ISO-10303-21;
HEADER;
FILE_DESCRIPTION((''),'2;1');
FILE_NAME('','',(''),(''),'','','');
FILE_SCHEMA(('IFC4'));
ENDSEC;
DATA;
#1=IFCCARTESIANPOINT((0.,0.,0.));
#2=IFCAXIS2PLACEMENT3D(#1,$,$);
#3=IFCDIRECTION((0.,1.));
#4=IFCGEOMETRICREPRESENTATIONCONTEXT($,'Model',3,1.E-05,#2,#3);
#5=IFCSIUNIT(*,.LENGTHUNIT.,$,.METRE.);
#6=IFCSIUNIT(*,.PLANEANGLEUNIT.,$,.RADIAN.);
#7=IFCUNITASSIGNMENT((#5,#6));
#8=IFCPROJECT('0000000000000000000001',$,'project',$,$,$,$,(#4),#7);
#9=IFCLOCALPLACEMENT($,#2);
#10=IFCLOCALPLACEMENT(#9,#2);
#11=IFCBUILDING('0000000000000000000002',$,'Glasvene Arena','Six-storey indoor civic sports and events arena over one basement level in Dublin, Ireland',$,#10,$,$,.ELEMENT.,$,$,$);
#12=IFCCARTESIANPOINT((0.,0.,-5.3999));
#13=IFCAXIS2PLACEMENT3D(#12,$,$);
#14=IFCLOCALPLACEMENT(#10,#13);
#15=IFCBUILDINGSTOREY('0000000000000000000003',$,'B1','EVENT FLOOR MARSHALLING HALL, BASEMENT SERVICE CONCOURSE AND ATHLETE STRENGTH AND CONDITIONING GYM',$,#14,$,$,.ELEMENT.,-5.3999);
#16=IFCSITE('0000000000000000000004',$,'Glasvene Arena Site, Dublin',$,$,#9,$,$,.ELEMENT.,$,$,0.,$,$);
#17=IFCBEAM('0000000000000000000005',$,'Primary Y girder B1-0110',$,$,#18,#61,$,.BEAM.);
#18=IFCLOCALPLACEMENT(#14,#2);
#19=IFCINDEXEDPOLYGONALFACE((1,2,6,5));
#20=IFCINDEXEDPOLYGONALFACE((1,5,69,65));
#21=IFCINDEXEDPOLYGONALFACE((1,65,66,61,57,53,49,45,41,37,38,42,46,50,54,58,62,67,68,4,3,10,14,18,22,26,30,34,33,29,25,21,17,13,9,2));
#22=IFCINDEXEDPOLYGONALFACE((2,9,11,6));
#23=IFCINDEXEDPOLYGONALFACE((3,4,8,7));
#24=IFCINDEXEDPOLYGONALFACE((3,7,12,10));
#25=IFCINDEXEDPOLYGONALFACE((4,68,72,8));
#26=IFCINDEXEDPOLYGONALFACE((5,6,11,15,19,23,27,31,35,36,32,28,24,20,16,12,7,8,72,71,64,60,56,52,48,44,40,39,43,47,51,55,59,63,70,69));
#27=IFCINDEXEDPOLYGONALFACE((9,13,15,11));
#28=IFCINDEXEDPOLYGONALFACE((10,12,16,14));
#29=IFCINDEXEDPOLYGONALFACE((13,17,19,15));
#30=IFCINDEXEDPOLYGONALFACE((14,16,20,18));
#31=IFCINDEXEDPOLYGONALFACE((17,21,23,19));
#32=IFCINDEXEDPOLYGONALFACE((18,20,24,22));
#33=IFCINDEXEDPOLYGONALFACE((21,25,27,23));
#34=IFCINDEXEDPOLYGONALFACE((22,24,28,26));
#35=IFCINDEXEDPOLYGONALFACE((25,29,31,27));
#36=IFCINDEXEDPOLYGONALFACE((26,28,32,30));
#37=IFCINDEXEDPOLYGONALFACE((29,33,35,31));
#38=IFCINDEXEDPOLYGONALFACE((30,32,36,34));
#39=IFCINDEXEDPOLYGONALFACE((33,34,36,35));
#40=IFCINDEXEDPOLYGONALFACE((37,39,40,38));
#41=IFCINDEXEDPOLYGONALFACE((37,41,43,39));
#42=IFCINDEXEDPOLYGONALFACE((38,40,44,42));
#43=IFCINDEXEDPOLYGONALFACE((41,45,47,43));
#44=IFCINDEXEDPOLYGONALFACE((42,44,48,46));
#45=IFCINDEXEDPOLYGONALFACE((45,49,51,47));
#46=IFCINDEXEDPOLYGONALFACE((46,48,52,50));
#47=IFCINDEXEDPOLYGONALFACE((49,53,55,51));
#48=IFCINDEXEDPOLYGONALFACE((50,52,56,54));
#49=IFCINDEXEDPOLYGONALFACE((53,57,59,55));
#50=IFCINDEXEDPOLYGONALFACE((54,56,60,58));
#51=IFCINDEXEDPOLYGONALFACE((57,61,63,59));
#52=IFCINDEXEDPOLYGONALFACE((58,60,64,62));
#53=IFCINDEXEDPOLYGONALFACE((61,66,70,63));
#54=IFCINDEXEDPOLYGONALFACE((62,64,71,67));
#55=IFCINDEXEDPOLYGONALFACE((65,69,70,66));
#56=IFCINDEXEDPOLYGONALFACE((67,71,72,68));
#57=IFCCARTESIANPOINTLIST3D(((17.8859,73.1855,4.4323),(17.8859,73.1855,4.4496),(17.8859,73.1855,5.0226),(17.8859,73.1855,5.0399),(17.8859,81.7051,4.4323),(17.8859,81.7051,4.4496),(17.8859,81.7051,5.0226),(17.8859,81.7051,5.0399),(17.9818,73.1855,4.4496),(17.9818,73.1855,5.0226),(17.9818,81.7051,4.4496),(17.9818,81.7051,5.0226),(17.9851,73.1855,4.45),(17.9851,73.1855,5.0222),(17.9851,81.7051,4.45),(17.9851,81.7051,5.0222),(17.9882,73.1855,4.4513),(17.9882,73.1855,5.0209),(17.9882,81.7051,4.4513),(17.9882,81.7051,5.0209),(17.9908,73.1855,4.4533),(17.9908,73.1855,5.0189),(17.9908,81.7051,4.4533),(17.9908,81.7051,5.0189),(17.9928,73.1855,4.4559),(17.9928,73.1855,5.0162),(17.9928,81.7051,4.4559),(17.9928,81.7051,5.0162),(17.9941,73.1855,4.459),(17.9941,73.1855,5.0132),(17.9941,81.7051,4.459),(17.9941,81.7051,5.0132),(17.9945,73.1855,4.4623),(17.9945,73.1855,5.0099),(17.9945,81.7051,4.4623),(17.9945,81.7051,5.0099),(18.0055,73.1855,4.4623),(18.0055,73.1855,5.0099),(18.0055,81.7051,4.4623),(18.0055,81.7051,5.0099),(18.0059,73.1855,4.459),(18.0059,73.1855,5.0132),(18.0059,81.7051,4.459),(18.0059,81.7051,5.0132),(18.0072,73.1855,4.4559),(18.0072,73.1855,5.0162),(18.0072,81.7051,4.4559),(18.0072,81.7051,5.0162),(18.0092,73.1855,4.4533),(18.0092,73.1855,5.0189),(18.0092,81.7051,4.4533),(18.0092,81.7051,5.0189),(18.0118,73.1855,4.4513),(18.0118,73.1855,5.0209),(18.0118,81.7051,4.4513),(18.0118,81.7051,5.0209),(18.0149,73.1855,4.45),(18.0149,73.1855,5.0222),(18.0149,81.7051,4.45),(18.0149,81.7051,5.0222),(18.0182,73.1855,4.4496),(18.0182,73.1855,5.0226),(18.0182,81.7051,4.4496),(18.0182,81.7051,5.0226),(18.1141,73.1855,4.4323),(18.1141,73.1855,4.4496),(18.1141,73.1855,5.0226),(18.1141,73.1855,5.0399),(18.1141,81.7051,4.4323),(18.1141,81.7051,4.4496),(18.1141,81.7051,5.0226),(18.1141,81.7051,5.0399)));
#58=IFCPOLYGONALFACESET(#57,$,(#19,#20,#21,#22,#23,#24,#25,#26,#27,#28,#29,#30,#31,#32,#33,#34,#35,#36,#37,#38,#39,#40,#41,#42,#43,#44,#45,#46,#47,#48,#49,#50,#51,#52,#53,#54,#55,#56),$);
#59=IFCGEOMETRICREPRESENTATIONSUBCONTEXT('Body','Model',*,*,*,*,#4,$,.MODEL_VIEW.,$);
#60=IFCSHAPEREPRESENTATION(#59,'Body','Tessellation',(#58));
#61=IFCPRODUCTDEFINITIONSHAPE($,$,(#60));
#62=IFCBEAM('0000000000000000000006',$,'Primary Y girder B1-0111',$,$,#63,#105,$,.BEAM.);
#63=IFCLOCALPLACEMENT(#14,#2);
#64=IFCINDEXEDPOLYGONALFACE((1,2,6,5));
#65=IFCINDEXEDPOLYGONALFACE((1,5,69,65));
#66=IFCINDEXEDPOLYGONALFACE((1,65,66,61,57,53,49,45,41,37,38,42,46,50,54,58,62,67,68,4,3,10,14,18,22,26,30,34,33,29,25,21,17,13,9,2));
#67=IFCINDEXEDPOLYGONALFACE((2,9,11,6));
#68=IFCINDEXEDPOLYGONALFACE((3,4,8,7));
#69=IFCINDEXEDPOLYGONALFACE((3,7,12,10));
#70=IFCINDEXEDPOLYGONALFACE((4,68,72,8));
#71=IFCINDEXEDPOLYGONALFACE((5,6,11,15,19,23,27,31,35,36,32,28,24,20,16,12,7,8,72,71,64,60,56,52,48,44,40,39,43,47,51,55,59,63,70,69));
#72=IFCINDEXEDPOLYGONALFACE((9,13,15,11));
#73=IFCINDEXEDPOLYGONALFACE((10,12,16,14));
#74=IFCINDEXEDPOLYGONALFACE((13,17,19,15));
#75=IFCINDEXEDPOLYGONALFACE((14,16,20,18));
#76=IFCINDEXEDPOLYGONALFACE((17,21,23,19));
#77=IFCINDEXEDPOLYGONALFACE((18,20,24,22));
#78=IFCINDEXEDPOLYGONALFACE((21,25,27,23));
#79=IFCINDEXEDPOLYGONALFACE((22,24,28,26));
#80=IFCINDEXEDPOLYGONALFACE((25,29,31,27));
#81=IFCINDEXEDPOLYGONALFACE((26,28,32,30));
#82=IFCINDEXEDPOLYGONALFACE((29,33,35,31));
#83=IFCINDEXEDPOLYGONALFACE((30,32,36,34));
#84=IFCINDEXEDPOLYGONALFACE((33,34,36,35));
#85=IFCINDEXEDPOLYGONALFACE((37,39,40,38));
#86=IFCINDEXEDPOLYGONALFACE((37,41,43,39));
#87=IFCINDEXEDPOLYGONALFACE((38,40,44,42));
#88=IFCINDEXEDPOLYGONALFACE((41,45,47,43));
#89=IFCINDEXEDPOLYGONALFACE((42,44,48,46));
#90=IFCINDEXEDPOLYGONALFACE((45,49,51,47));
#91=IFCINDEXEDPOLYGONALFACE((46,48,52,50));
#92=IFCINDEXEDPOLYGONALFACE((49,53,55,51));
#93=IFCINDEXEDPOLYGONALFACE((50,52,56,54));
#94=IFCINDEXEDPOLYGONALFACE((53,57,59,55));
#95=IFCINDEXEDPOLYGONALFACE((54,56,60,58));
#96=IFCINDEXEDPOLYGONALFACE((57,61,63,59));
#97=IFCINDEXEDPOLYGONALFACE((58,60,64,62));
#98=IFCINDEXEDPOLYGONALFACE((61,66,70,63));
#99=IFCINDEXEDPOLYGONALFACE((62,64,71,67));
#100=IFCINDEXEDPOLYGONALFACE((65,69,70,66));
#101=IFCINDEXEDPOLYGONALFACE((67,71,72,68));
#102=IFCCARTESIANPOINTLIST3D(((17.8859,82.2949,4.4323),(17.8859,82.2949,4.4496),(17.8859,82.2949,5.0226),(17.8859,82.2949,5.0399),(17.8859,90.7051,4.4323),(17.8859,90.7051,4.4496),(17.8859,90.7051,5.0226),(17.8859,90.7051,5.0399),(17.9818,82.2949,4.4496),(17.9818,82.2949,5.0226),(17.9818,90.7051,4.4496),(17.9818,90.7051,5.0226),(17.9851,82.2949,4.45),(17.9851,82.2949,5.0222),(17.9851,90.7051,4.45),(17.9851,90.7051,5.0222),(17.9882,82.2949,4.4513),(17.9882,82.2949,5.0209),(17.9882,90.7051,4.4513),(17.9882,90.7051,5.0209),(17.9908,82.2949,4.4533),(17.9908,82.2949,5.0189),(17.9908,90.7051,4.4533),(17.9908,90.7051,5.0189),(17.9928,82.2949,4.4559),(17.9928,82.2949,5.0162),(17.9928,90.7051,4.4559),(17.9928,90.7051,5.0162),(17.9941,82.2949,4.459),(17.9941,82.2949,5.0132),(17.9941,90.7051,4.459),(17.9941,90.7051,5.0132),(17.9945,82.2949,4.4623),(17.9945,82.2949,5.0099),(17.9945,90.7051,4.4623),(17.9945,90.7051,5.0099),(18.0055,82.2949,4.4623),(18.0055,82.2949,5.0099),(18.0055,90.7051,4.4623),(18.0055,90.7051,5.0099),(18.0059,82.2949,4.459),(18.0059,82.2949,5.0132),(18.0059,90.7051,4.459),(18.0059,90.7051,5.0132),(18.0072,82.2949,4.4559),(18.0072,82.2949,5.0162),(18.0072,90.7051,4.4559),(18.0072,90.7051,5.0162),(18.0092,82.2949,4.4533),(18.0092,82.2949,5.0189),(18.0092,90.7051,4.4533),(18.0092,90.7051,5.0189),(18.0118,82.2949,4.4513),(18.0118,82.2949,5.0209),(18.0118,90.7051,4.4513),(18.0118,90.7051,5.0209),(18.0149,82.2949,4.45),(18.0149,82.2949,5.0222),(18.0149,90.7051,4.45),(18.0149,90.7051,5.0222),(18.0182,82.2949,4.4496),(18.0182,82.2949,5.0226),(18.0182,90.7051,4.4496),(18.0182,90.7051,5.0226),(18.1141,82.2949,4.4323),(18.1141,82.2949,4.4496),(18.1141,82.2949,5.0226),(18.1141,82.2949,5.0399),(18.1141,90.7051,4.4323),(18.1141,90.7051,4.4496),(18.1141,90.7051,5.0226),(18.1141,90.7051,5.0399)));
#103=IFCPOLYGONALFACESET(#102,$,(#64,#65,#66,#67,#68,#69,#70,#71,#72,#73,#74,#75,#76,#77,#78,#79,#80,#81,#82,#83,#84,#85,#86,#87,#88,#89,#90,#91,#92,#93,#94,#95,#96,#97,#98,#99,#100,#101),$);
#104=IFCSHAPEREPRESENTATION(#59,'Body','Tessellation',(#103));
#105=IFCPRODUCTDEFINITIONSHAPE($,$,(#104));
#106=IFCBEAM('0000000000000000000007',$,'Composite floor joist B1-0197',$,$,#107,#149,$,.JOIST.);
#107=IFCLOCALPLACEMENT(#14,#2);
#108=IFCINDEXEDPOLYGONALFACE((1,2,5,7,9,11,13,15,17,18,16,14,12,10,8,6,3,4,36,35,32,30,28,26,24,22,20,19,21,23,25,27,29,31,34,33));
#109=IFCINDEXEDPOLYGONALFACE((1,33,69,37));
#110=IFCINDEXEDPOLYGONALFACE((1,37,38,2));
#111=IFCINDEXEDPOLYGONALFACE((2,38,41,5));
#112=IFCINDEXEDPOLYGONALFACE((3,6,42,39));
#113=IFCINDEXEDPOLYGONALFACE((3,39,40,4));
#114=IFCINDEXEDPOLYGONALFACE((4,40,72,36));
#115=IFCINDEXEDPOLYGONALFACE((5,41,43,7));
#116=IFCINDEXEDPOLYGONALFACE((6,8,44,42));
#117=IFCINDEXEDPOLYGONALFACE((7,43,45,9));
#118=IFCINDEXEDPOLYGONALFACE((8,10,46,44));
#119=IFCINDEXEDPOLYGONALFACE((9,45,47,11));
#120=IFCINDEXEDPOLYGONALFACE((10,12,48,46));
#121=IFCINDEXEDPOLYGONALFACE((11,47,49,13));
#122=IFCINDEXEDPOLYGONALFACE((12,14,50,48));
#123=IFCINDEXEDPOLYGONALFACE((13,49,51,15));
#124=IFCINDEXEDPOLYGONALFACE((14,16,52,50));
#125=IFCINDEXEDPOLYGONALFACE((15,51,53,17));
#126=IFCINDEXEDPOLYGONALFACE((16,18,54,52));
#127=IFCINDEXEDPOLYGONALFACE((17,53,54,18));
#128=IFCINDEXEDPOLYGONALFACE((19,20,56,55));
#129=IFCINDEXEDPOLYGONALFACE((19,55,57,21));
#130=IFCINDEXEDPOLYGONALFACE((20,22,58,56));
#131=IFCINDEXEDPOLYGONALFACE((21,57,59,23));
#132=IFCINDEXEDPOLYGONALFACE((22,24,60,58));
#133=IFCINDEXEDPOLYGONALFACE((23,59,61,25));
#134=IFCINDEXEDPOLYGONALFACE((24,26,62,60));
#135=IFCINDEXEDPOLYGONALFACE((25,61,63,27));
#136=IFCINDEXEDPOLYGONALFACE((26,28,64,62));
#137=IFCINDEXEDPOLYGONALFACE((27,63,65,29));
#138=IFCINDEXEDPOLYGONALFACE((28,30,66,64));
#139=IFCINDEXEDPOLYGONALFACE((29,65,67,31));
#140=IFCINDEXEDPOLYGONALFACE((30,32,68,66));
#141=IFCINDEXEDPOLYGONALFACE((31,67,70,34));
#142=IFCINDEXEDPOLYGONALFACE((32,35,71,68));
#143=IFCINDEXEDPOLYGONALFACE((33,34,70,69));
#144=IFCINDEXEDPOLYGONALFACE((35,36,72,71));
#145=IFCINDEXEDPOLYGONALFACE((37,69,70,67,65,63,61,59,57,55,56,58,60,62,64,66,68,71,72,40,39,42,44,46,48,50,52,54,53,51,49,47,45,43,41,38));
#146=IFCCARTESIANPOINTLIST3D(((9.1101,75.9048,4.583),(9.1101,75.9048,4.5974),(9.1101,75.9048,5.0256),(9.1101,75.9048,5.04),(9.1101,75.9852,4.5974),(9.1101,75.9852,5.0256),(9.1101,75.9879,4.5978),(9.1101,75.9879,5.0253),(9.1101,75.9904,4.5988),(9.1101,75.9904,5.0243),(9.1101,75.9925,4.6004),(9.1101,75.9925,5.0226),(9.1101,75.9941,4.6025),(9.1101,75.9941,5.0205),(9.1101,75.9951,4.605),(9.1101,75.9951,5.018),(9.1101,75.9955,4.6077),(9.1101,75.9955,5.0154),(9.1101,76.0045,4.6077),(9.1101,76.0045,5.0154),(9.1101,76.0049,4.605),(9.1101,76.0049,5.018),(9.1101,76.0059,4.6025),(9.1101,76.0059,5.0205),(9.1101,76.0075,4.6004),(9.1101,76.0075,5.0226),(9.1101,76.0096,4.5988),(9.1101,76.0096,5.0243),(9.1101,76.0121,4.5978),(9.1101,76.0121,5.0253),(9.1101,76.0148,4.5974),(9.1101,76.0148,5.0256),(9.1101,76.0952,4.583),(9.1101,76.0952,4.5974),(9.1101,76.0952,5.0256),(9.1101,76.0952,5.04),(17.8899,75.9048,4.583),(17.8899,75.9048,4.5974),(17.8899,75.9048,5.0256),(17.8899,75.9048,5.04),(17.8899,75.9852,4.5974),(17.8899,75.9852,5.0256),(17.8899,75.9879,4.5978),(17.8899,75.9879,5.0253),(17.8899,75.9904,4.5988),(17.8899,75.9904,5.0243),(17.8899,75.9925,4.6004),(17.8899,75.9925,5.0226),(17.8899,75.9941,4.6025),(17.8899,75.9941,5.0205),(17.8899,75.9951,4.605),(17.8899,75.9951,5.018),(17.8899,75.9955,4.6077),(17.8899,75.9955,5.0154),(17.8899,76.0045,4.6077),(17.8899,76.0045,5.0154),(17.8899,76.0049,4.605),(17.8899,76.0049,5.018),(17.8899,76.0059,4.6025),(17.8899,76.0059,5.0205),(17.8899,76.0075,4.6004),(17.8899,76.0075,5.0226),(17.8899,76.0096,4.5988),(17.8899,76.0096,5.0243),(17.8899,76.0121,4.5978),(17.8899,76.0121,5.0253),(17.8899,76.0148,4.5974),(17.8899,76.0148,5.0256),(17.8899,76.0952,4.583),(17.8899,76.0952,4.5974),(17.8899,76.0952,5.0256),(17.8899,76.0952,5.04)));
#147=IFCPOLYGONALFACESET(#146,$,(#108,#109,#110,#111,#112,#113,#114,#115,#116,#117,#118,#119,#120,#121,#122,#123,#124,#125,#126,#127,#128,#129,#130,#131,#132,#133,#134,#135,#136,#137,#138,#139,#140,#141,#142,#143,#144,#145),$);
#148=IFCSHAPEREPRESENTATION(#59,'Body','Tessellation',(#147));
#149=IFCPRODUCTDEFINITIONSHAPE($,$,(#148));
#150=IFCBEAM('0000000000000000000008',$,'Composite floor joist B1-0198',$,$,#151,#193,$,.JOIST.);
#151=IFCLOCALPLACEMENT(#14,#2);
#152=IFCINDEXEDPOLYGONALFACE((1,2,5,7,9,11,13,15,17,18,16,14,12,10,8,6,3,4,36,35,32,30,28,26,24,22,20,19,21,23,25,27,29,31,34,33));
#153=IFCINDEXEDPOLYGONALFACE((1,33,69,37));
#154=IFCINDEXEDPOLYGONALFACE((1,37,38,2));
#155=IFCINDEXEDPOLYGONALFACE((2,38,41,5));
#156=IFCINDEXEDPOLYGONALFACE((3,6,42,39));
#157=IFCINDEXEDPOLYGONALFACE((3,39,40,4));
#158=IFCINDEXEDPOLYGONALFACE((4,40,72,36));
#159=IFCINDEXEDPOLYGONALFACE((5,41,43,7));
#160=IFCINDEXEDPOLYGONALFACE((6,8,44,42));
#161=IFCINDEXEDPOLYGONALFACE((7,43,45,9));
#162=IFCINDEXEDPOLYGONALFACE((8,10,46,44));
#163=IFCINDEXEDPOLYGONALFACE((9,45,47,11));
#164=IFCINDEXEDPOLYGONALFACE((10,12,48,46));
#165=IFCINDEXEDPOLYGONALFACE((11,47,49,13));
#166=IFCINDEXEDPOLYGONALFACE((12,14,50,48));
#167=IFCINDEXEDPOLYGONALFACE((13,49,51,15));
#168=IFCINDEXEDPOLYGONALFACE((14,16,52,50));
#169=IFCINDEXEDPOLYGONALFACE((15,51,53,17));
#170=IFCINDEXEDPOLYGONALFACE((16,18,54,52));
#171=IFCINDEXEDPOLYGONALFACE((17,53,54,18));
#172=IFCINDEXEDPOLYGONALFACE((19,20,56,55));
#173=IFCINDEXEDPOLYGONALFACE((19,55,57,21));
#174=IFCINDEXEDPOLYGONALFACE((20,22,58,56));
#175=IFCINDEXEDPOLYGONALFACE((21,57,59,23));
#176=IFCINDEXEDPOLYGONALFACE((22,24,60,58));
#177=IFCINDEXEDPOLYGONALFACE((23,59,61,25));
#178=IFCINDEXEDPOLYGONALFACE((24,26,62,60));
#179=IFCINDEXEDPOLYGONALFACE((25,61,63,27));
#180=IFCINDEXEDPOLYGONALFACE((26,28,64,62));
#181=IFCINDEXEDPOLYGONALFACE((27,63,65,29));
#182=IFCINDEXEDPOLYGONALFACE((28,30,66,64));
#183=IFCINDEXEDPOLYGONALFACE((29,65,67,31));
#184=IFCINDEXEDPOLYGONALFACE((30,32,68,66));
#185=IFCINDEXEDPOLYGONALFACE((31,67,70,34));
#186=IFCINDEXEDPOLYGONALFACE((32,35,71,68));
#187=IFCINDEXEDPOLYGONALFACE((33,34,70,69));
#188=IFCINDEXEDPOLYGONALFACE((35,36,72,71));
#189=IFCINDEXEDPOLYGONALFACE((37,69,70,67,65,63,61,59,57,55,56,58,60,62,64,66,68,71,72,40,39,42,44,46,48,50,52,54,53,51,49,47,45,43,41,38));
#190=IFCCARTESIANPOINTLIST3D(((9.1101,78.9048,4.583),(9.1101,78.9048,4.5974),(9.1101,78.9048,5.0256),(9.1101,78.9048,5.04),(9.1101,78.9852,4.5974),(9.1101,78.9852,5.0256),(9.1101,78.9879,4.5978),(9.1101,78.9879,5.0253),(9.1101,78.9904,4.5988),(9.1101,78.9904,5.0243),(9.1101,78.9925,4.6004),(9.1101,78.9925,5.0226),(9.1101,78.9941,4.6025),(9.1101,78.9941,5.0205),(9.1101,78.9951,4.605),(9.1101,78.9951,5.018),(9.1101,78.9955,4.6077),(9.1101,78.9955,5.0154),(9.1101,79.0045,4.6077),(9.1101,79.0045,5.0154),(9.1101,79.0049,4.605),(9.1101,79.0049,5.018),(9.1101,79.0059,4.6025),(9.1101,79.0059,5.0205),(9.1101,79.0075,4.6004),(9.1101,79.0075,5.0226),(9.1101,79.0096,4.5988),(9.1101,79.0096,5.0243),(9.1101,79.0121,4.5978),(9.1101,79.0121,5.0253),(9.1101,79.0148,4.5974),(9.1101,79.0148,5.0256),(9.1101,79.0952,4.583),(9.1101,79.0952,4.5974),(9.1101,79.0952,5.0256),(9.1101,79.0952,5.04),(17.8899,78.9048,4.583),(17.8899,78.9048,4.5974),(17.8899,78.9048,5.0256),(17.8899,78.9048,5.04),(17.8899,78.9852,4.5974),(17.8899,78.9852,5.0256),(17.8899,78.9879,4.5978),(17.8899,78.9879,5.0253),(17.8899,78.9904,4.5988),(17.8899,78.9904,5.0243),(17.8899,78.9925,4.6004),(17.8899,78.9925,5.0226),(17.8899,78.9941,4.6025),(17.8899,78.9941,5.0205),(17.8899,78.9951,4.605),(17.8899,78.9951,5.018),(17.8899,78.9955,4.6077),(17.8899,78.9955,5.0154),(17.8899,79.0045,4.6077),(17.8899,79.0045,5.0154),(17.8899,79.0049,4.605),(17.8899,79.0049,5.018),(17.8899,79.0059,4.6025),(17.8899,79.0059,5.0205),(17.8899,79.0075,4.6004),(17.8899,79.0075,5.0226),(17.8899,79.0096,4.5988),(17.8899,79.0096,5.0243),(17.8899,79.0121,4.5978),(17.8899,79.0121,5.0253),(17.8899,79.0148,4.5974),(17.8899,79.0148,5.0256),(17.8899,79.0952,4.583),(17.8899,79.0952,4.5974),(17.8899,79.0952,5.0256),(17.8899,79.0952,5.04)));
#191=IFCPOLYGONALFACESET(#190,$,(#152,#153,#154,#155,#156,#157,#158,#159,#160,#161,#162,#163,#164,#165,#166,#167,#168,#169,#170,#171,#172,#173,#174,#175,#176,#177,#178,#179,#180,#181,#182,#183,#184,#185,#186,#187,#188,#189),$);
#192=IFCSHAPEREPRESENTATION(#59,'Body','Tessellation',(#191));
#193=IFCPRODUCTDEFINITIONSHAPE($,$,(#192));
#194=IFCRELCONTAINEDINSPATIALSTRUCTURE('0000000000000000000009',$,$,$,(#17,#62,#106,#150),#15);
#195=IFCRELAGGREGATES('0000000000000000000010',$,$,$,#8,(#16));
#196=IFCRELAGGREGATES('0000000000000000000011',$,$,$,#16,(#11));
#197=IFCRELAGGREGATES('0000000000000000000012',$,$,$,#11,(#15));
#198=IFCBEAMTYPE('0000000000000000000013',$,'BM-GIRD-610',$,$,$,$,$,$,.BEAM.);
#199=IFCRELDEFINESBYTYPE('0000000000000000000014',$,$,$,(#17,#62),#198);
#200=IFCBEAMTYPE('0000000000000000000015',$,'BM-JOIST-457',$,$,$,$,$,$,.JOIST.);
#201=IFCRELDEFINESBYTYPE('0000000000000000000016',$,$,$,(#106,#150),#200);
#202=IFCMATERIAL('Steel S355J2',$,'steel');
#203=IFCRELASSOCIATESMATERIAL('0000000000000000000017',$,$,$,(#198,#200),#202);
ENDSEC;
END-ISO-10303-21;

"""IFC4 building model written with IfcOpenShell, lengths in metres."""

from ifc_helpers import new_model, si_unit, direction, frame, origin, origin_2d, place, context, subcontext, project, spatial, i_section, extrude, material, material_profile, profile_set, type_object, element, save


model = new_model("IFC4")

# Units and contexts
model_context = context("Model", 3, precision=1e-05, world=origin(), true_north=direction((0.0, 1.0)))
body_context = subcontext(model_context, "Body", "Model", "MODEL_VIEW")
ifc_project = project(units=[si_unit("LENGTHUNIT", "METRE"), si_unit("PLANEANGLEUNIT", "RADIAN")], contexts=[model_context])

# Site, building, storey
site_placement = place(None, origin())
site = spatial("IfcSite", under=ifc_project, at=site_placement, Name="Glasvene Arena Site, Dublin", CompositionType="ELEMENT", RefElevation=0.0)
building_placement = place(site_placement, origin())
building = spatial("IfcBuilding", under=site, at=building_placement, Name="Glasvene Arena", Description="Six-storey indoor civic sports and events arena over one basement level in Dublin, Ireland", CompositionType="ELEMENT")
storey_placement = place(building_placement, frame((0.0, 0.0, -5.3999)))
storey = spatial("IfcBuildingStorey", under=building, at=storey_placement, Name="B1", Description="EVENT FLOOR MARSHALLING HALL, BASEMENT SERVICE CONCOURSE AND ATHLETE STRENGTH AND CONDITIONING GYM", CompositionType="ELEMENT", Elevation=-5.3999)

# Beams
ifc_material_1 = material(Name="Steel S355J2", Category="steel")
ifc_material_profile_1 = material_profile(ifc_material_1, i_section(OverallWidth=0.2283, OverallDepth=0.6077, WebThickness=0.011, FlangeThickness=0.0173, FilletRadius=0.0127, at=origin_2d()), Name="UKB 610x229x113")
ifc_profile_set_1 = profile_set([ifc_material_profile_1], Name="Steel S355J2")
beam_type_1 = type_object("IfcBeamType", Name="BM-GIRD-610", PredefinedType="BEAM", material=ifc_profile_set_1)
beam_1_placement = place(storey_placement, frame((18.0, 73.1855, 4.7361), z_axis=(0.0, 1.0, 0.0), x_axis=(-1.0, 0.0, 0.0)))
element("IfcBeam", 1, at=beam_1_placement, inside=storey, type_object=beam_type_1, Name="Primary Y girder B1-0110", PredefinedType="BEAM", context=body_context, shape_type="SweptSolid", body=[
    extrude(i_section(OverallWidth=0.2283, OverallDepth=0.6077, WebThickness=0.011, FlangeThickness=0.0173, FilletRadius=0.0127, at=origin_2d()), origin(), (0.0, 0.0, 1.0), 8.5195),
])
beam_2_placement = place(storey_placement, frame((18.0, 82.2949, 4.7361), z_axis=(0.0, 1.0, 0.0), x_axis=(-1.0, 0.0, 0.0)))
element("IfcBeam", 2, at=beam_2_placement, inside=storey, type_object=beam_type_1, Name="Primary Y girder B1-0111", PredefinedType="BEAM", context=body_context, shape_type="SweptSolid", body=[
    extrude(i_section(OverallWidth=0.2283, OverallDepth=0.6077, WebThickness=0.011, FlangeThickness=0.0173, FilletRadius=0.0127, at=origin_2d()), origin(), (0.0, 0.0, 1.0), 8.4102),
])
ifc_material_profile_2 = material_profile(ifc_material_1, i_section(OverallWidth=0.1904, OverallDepth=0.457, WebThickness=0.009, FlangeThickness=0.0144, FilletRadius=0.0103, at=origin_2d()), Name="UKB 457x191x74")
ifc_profile_set_2 = profile_set([ifc_material_profile_2], Name="Steel S355J2")
beam_type_2 = type_object("IfcBeamType", Name="BM-JOIST-457", PredefinedType="JOIST", material=ifc_profile_set_2)
for number, where, z_axis, x_axis, name in (
    (3, (9.1101, 76.0, 4.8115), (1.0, 0.0, 0.0), (0.0, 1.0, 0.0), "Composite floor joist B1-0197"),
    (4, (9.1101, 79.0, 4.8115), (1.0, 0.0, 0.0), (0.0, 1.0, 0.0), "Composite floor joist B1-0198"),
):
    element("IfcBeam", number, at=place(storey_placement, frame(where, z_axis=z_axis, x_axis=x_axis)), inside=storey, type_object=beam_type_2, Name=name, PredefinedType="JOIST", context=body_context, shape_type="SweptSolid", body=[
        extrude(i_section(OverallWidth=0.1904, OverallDepth=0.457, WebThickness=0.009, FlangeThickness=0.0144, FilletRadius=0.0103, at=origin_2d()), origin(), (0.0, 0.0, 1.0), 8.7798),
    ])

save(model, "model.ifc")
